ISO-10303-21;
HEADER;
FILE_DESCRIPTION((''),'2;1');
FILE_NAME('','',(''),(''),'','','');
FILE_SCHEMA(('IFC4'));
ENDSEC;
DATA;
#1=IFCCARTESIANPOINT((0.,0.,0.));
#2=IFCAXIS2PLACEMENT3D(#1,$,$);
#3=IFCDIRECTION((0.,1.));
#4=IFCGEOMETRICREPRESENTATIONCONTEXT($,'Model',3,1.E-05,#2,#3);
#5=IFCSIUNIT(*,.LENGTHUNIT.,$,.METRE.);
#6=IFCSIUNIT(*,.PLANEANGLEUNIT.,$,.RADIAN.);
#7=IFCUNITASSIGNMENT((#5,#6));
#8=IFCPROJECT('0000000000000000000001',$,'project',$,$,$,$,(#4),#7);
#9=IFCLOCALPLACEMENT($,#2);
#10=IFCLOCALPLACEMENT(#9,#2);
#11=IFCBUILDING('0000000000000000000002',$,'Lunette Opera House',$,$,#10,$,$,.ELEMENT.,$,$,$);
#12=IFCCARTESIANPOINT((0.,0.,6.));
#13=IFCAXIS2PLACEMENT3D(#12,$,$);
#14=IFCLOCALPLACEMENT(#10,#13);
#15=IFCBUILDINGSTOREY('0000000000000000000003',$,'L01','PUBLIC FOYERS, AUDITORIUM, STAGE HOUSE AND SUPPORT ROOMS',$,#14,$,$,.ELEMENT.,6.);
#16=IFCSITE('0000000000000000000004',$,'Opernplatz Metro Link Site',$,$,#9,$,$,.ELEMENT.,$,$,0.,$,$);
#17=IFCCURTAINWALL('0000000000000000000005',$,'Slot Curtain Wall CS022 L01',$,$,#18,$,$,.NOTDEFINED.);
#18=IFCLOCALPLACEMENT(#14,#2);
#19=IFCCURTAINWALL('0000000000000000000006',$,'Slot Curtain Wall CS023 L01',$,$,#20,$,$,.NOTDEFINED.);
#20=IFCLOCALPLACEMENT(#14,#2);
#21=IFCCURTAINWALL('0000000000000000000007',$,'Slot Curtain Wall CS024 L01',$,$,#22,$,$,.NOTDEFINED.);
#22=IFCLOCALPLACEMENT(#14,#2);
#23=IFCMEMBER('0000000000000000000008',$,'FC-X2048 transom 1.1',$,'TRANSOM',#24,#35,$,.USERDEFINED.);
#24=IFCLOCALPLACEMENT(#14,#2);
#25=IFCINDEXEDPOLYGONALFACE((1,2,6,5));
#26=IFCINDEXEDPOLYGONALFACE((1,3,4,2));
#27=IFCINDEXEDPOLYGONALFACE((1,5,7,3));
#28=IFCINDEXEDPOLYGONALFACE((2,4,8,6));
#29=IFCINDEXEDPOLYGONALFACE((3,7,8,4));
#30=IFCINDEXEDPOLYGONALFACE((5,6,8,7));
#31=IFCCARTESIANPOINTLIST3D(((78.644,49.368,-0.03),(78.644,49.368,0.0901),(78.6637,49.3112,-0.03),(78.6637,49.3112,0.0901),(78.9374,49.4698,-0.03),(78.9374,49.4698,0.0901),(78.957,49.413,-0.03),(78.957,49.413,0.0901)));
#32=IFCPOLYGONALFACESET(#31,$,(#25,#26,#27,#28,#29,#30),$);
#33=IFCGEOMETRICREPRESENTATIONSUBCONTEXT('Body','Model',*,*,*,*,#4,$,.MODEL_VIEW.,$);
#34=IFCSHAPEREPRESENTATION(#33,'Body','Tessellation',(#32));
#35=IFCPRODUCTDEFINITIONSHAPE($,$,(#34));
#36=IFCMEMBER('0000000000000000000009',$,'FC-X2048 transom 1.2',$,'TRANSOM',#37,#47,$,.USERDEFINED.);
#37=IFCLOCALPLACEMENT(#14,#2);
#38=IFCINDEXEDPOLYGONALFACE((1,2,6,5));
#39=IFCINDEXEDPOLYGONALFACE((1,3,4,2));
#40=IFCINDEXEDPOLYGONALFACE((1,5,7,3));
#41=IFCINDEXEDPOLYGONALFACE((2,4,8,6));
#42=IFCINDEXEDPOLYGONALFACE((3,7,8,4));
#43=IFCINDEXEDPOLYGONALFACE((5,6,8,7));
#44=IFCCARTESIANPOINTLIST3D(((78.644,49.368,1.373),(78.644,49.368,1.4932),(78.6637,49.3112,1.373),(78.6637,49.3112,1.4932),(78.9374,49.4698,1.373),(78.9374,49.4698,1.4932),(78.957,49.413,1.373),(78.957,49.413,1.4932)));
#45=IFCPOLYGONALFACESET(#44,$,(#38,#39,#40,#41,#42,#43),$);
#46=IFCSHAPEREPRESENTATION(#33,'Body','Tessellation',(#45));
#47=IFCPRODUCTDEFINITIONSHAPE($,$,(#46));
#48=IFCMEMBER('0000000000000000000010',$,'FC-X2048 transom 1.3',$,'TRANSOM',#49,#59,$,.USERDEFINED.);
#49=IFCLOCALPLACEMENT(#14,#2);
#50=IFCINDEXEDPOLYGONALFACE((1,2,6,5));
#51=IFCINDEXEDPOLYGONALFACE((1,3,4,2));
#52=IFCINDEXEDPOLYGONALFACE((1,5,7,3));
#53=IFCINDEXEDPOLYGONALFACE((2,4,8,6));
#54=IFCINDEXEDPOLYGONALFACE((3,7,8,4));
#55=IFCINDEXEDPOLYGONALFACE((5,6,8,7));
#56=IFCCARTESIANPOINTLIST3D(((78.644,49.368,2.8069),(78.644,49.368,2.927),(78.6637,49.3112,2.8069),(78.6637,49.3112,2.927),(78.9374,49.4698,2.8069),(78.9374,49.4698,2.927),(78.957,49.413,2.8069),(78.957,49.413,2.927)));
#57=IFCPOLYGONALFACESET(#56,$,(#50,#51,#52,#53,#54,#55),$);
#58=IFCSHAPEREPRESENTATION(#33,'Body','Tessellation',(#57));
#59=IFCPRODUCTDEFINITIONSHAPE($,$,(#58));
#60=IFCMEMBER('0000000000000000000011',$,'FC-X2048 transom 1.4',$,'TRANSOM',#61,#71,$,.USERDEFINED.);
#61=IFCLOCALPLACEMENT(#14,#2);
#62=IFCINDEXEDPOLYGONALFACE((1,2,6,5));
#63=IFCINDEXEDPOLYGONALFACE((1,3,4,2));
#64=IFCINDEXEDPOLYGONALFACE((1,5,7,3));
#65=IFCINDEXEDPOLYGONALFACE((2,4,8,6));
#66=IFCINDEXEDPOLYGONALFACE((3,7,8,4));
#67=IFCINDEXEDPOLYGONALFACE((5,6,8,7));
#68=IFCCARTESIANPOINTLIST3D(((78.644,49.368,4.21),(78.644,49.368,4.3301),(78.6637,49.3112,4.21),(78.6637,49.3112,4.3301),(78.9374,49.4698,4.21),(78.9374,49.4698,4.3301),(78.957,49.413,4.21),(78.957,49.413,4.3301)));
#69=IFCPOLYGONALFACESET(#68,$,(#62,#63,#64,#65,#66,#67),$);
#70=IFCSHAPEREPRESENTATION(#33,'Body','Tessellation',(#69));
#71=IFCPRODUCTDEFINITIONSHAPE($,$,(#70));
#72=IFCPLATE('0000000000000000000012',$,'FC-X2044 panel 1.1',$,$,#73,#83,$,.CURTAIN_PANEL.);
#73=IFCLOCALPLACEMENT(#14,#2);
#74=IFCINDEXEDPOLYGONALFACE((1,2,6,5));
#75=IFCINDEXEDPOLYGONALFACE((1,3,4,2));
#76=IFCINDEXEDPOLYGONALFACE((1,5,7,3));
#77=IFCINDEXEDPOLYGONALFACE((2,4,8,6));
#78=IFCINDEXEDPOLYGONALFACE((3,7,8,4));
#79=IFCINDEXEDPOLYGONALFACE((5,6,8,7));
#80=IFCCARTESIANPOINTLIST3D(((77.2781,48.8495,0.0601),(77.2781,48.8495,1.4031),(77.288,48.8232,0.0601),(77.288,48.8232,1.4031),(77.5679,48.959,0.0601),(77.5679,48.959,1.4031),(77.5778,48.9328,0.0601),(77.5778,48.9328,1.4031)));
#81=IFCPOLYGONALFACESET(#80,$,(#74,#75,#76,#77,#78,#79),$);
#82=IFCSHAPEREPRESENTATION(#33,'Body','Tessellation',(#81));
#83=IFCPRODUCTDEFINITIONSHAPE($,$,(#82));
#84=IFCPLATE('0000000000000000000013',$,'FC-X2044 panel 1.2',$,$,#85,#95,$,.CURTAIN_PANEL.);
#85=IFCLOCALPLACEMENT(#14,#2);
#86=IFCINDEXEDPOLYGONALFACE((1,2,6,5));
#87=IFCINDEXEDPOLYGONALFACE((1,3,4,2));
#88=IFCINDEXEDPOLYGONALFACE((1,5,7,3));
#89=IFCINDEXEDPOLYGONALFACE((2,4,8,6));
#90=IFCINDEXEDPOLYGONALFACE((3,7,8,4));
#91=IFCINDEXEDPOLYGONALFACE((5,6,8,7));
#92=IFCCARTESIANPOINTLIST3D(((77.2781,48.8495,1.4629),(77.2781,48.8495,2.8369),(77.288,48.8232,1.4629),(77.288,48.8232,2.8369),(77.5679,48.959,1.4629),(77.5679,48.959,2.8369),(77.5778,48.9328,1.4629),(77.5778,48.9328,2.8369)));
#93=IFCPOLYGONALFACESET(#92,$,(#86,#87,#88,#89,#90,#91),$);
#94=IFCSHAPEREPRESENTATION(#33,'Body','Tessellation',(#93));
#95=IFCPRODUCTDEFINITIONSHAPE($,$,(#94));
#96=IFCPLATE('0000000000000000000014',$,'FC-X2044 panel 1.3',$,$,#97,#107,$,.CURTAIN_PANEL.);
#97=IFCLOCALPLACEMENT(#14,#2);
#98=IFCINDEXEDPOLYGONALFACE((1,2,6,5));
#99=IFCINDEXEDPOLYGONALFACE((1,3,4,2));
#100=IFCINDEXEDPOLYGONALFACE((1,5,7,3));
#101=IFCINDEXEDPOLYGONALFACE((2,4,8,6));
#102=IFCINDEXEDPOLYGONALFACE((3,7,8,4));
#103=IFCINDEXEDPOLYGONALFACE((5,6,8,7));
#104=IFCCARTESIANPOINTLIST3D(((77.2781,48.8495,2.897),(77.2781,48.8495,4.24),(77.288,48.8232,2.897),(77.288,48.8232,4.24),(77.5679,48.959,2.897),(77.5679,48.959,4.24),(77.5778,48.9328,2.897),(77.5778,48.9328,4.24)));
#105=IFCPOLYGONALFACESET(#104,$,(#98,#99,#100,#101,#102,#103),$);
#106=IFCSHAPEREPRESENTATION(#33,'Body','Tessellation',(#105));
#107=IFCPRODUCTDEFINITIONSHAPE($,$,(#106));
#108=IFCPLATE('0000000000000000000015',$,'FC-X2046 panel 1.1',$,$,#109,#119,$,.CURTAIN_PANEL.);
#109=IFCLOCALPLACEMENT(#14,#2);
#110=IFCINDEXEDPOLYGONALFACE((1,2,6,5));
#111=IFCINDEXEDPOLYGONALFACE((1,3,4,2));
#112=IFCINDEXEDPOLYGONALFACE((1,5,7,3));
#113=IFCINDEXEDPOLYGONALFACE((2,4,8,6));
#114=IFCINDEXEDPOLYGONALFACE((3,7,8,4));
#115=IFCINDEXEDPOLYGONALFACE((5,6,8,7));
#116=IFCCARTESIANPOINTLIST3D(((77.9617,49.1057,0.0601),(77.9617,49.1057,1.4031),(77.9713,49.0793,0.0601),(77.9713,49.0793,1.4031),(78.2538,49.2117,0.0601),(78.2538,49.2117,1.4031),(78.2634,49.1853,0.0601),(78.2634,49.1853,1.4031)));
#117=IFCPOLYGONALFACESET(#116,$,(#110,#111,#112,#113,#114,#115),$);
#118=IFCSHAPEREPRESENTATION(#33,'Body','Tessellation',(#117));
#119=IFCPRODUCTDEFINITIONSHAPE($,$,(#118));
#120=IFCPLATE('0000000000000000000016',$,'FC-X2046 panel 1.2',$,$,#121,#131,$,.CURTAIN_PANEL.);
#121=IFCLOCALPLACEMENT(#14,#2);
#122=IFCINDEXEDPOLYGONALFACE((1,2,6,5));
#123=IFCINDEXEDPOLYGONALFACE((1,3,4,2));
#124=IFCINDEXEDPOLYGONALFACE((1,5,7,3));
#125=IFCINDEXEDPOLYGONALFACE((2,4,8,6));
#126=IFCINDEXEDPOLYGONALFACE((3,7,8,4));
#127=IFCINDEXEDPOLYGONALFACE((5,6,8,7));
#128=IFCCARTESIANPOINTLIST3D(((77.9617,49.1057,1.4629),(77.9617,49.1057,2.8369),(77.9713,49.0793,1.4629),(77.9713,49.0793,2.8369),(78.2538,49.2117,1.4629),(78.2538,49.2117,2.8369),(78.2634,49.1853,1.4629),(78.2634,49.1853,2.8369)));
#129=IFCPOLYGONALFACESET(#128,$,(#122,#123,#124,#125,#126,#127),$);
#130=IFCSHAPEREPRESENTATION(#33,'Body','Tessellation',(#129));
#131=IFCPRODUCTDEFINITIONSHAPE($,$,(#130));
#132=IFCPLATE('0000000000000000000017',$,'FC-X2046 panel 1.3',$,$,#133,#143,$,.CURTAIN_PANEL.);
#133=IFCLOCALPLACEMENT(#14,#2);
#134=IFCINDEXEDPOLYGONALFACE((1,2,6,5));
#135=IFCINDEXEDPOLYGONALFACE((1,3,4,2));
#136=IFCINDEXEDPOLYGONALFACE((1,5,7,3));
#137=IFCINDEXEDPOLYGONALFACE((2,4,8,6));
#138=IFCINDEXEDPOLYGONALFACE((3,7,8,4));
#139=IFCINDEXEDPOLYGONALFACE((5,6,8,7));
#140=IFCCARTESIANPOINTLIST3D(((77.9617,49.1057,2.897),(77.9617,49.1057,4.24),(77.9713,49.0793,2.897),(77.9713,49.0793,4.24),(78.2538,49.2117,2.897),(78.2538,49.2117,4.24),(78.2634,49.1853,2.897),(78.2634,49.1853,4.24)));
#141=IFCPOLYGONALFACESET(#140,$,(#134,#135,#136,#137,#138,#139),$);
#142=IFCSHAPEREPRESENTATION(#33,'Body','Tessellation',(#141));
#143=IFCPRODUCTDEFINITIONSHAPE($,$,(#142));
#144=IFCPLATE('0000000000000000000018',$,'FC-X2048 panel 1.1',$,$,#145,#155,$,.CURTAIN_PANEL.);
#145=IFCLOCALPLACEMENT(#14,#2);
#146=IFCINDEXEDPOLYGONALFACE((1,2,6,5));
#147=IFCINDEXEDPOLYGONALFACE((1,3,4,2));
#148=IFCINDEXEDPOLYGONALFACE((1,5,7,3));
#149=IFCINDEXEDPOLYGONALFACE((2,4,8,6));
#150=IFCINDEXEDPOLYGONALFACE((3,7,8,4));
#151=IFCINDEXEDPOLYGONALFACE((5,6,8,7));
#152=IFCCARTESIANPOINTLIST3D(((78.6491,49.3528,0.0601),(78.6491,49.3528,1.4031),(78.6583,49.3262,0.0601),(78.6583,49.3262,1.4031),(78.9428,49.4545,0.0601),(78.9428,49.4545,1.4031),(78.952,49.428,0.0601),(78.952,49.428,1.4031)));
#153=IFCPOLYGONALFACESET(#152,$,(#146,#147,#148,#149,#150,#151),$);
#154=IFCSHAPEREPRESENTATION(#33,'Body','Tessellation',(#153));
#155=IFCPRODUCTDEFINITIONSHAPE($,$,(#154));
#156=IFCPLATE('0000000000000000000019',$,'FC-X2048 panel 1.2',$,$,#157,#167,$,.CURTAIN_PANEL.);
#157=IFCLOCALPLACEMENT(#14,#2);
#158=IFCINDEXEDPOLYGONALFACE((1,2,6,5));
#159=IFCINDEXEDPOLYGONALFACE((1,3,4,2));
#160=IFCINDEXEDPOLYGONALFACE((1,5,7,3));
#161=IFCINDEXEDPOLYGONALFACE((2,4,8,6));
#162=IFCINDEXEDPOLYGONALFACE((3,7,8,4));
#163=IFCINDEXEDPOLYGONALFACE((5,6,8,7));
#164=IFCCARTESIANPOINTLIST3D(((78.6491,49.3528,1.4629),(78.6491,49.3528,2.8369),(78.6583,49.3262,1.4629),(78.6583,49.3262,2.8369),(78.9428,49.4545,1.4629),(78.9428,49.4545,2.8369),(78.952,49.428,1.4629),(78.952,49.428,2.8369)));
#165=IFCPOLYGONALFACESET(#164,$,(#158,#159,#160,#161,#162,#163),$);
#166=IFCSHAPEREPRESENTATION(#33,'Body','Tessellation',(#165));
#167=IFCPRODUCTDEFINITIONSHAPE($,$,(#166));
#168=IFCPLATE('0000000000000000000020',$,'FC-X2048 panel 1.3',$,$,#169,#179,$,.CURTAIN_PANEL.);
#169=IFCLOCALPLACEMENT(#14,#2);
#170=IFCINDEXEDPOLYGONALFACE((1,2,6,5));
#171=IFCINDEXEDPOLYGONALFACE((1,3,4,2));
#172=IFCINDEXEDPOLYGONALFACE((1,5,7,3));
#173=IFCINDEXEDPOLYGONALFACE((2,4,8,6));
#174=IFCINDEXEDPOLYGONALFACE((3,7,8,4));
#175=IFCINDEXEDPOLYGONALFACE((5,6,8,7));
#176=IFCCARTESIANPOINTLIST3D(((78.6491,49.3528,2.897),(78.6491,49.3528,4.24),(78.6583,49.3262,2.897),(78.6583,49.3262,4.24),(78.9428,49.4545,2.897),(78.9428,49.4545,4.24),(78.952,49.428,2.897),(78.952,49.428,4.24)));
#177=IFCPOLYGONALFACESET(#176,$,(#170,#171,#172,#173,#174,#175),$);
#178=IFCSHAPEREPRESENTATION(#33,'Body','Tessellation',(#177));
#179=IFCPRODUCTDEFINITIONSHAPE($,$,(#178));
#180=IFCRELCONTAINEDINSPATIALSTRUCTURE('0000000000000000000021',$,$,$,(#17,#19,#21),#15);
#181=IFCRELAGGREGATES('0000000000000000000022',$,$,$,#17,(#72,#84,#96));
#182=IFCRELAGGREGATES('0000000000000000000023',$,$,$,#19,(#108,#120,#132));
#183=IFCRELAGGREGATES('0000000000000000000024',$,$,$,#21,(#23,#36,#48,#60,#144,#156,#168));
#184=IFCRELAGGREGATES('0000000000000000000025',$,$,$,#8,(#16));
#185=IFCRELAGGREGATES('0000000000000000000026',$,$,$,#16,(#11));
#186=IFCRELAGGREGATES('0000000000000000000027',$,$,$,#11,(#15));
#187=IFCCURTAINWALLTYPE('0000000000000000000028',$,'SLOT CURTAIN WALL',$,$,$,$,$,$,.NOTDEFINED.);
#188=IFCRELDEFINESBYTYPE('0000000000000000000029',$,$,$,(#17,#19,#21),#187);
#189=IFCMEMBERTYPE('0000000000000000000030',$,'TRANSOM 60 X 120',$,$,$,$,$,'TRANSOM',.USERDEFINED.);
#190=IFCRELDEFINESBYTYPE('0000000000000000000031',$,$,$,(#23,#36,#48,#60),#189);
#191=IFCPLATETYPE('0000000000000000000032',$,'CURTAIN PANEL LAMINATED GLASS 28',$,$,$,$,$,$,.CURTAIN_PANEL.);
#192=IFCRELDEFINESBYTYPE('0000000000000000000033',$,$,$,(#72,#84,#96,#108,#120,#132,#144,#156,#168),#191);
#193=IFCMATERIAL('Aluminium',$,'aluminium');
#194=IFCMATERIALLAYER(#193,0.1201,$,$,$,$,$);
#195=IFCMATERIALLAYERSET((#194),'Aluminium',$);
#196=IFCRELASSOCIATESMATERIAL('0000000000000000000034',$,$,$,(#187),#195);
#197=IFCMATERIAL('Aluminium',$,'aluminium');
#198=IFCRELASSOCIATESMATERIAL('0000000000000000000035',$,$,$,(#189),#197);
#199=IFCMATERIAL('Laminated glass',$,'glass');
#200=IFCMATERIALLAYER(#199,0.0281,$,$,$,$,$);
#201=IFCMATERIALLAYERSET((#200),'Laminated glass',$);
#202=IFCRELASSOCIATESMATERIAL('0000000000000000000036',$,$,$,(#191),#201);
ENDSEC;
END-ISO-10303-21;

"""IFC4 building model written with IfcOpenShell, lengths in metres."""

from ifc_helpers import new_model, si_unit, direction, frame, origin, origin_2d, place, context, subcontext, project, spatial, rectangle, extrude, material, layer, layer_set, material_profile, profile_set, type_object, element, aggregate, save


model = new_model("IFC4")

# Units and contexts
model_context = context("Model", 3, precision=1e-05, world=origin(), true_north=direction((0.0, 1.0)))
body_context = subcontext(model_context, "Body", "Model", "MODEL_VIEW")
ifc_project = project(units=[si_unit("LENGTHUNIT", "METRE"), si_unit("PLANEANGLEUNIT", "RADIAN")], contexts=[model_context])

# Site, building, storey
site_placement = place(None, origin())
site = spatial("IfcSite", under=ifc_project, at=site_placement, Name="Opernplatz Metro Link Site", CompositionType="ELEMENT", RefElevation=0.0)
building_placement = place(site_placement, origin())
building = spatial("IfcBuilding", under=site, at=building_placement, Name="Lunette Opera House", CompositionType="ELEMENT")
storey_placement = place(building_placement, frame((0.0, 0.0, 6.0)))
storey = spatial("IfcBuildingStorey", under=building, at=storey_placement, Name="L01", Description="PUBLIC FOYERS, AUDITORIUM, STAGE HOUSE AND SUPPORT ROOMS", CompositionType="ELEMENT", Elevation=6.0)

# Curtain wall
ifc_material_1 = material(Name="Aluminium", Category="aluminium")
ifc_layer_1 = layer(ifc_material_1, 0.1201)
ifc_layer_set_1 = layer_set([ifc_layer_1], Name="Aluminium")
curtain_wall_type = type_object("IfcCurtainWallType", Name="SLOT CURTAIN WALL", PredefinedType="NOTDEFINED", material=ifc_layer_set_1)
curtain_wall_1_placement = place(storey_placement, origin())
curtain_wall_1 = element("IfcCurtainWall", 1, at=curtain_wall_1_placement, inside=storey, type_object=curtain_wall_type, Name="Slot Curtain Wall CS022 L01", PredefinedType="NOTDEFINED")

# Curtain walls
curtain_wall_2_placement = place(storey_placement, origin())
curtain_wall_2 = element("IfcCurtainWall", 2, at=curtain_wall_2_placement, inside=storey, type_object=curtain_wall_type, Name="Slot Curtain Wall CS023 L01", PredefinedType="NOTDEFINED")
curtain_wall_3_placement = place(storey_placement, origin())
curtain_wall_3 = element("IfcCurtainWall", 3, at=curtain_wall_3_placement, inside=storey, type_object=curtain_wall_type, Name="Slot Curtain Wall CS024 L01", PredefinedType="NOTDEFINED")

# Members
ifc_material_2 = material(Name="Aluminium", Category="aluminium")
ifc_material_profile_1 = material_profile(ifc_material_2, rectangle(XDim=0.0601, YDim=0.1201, at=origin_2d()), Name="TRANSOM 60 X 120")
ifc_profile_set_1 = profile_set([ifc_material_profile_1], Name="Aluminium")
member_type_1 = type_object("IfcMemberType", Name="TRANSOM 60 X 120", ElementType="TRANSOM", PredefinedType="USERDEFINED", material=ifc_profile_set_1)
member_1_placement = place(storey_placement, frame((78.6538, 49.3396, 0.03), z_axis=(0.944762, 0.327758, 0.0), x_axis=(-0.327758, 0.944762, 0.0)))
member_1 = element("IfcMember", 4, at=member_1_placement, type_object=member_type_1, Name="FC-X2048 transom 1.1", ObjectType="TRANSOM", PredefinedType="USERDEFINED", context=body_context, shape_type="SweptSolid", body=[
    extrude(rectangle(XDim=0.0601, YDim=0.1201, at=origin_2d()), origin(), (0.0, 0.0, 1.0), 0.3105),
])
member_2_placement = place(storey_placement, frame((78.6538, 49.3396, 1.4331), z_axis=(0.944762, 0.327758, 0.0), x_axis=(-0.327758, 0.944762, 0.0)))
member_2 = element("IfcMember", 5, at=member_2_placement, type_object=member_type_1, Name="FC-X2048 transom 1.2", ObjectType="TRANSOM", PredefinedType="USERDEFINED", context=body_context, shape_type="SweptSolid", body=[
    extrude(rectangle(XDim=0.0601, YDim=0.1201, at=origin_2d()), origin(), (0.0, 0.0, 1.0), 0.3105),
])
member_3_placement = place(storey_placement, frame((78.6538, 49.3396, 2.8669), z_axis=(0.944762, 0.327758, 0.0), x_axis=(-0.327758, 0.944762, 0.0)))
member_3 = element("IfcMember", 6, at=member_3_placement, type_object=member_type_1, Name="FC-X2048 transom 1.3", ObjectType="TRANSOM", PredefinedType="USERDEFINED", context=body_context, shape_type="SweptSolid", body=[
    extrude(rectangle(XDim=0.0601, YDim=0.1201, at=origin_2d()), origin(), (0.0, 0.0, 1.0), 0.3105),
])
member_4_placement = place(storey_placement, frame((78.6538, 49.3396, 4.27), z_axis=(0.944762, 0.327758, 0.0), x_axis=(-0.327758, 0.944762, 0.0)))
member_4 = element("IfcMember", 7, at=member_4_placement, type_object=member_type_1, Name="FC-X2048 transom 1.4", ObjectType="TRANSOM", PredefinedType="USERDEFINED", context=body_context, shape_type="SweptSolid", body=[
    extrude(rectangle(XDim=0.0601, YDim=0.1201, at=origin_2d()), origin(), (0.0, 0.0, 1.0), 0.3105),
])

# Plates
ifc_material_3 = material(Name="Laminated glass", Category="glass")
ifc_layer_2 = layer(ifc_material_3, 0.0281)
ifc_layer_set_2 = layer_set([ifc_layer_2], Name="Laminated glass")
plate_type = type_object("IfcPlateType", Name="CURTAIN PANEL LAMINATED GLASS 28", PredefinedType="CURTAIN_PANEL", material=ifc_layer_set_2)
plate_1_placement = place(storey_placement, frame((77.428, 48.8911, 0.0601), z_axis=(0.0, 0.0, 1.0), x_axis=(0.935369, 0.353672, 0.0)))
plate_1 = element("IfcPlate", 8, at=plate_1_placement, type_object=plate_type, Name="FC-X2044 panel 1.1", PredefinedType="CURTAIN_PANEL", context=body_context, shape_type="SweptSolid", body=[
    extrude(rectangle(XDim=0.3098, YDim=0.0281, at=origin_2d()), origin(), (0.0, 0.0, 1.0), 1.343),
])
plate_2_placement = place(storey_placement, frame((77.428, 48.8911, 1.4629), z_axis=(0.0, 0.0, 1.0), x_axis=(0.935369, 0.353672, 0.0)))
plate_2 = element("IfcPlate", 9, at=plate_2_placement, type_object=plate_type, Name="FC-X2044 panel 1.2", PredefinedType="CURTAIN_PANEL", context=body_context, shape_type="SweptSolid", body=[
    extrude(rectangle(XDim=0.3098, YDim=0.0281, at=origin_2d()), origin(), (0.0, 0.0, 1.0), 1.374),
])
plate_3_placement = place(storey_placement, frame((77.428, 48.8911, 2.897), z_axis=(0.0, 0.0, 1.0), x_axis=(0.935369, 0.353672, 0.0)))
plate_3 = element("IfcPlate", 10, at=plate_3_placement, type_object=plate_type, Name="FC-X2044 panel 1.3", PredefinedType="CURTAIN_PANEL", context=body_context, shape_type="SweptSolid", body=[
    extrude(rectangle(XDim=0.3098, YDim=0.0281, at=origin_2d()), origin(), (0.0, 0.0, 1.0), 1.343),
])
aggregate(curtain_wall_1, [plate_1, plate_2, plate_3])
plate_4_placement = place(storey_placement, frame((78.1125, 49.1455, 0.0601), z_axis=(0.0, 0.0, 1.0), x_axis=(0.939997, 0.341184, 0.0)))
plate_4 = element("IfcPlate", 11, at=plate_4_placement, type_object=plate_type, Name="FC-X2046 panel 1.1", PredefinedType="CURTAIN_PANEL", context=body_context, shape_type="SweptSolid", body=[
    extrude(rectangle(XDim=0.3108, YDim=0.0281, at=origin_2d()), origin(), (0.0, 0.0, 1.0), 1.343),
])
plate_5_placement = place(storey_placement, frame((78.1125, 49.1455, 1.4629), z_axis=(0.0, 0.0, 1.0), x_axis=(0.939997, 0.341184, 0.0)))
plate_5 = element("IfcPlate", 12, at=plate_5_placement, type_object=plate_type, Name="FC-X2046 panel 1.2", PredefinedType="CURTAIN_PANEL", context=body_context, shape_type="SweptSolid", body=[
    extrude(rectangle(XDim=0.3108, YDim=0.0281, at=origin_2d()), origin(), (0.0, 0.0, 1.0), 1.374),
])
plate_6_placement = place(storey_placement, frame((78.1125, 49.1455, 2.897), z_axis=(0.0, 0.0, 1.0), x_axis=(0.939997, 0.341184, 0.0)))
plate_6 = element("IfcPlate", 13, at=plate_6_placement, type_object=plate_type, Name="FC-X2046 panel 1.3", PredefinedType="CURTAIN_PANEL", context=body_context, shape_type="SweptSolid", body=[
    extrude(rectangle(XDim=0.3108, YDim=0.0281, at=origin_2d()), origin(), (0.0, 0.0, 1.0), 1.343),
])
aggregate(curtain_wall_2, [plate_4, plate_5, plate_6])
plate_7_placement = place(storey_placement, frame((78.8005, 49.3904, 0.0601), z_axis=(0.0, 0.0, 1.0), x_axis=(0.944903, 0.32735, 0.0)))
plate_7 = element("IfcPlate", 14, at=plate_7_placement, type_object=plate_type, Name="FC-X2048 panel 1.1", PredefinedType="CURTAIN_PANEL", context=body_context, shape_type="SweptSolid", body=[
    extrude(rectangle(XDim=0.3108, YDim=0.0281, at=origin_2d()), origin(), (0.0, 0.0, 1.0), 1.343),
])
plate_8_placement = place(storey_placement, frame((78.8005, 49.3904, 1.4629), z_axis=(0.0, 0.0, 1.0), x_axis=(0.944903, 0.32735, 0.0)))
plate_8 = element("IfcPlate", 15, at=plate_8_placement, type_object=plate_type, Name="FC-X2048 panel 1.2", PredefinedType="CURTAIN_PANEL", context=body_context, shape_type="SweptSolid", body=[
    extrude(rectangle(XDim=0.3108, YDim=0.0281, at=origin_2d()), origin(), (0.0, 0.0, 1.0), 1.374),
])
plate_9_placement = place(storey_placement, frame((78.8005, 49.3904, 2.897), z_axis=(0.0, 0.0, 1.0), x_axis=(0.944903, 0.32735, 0.0)))
plate_9 = element("IfcPlate", 16, at=plate_9_placement, type_object=plate_type, Name="FC-X2048 panel 1.3", PredefinedType="CURTAIN_PANEL", context=body_context, shape_type="SweptSolid", body=[
    extrude(rectangle(XDim=0.3108, YDim=0.0281, at=origin_2d()), origin(), (0.0, 0.0, 1.0), 1.343),
])
aggregate(curtain_wall_3, [member_1, member_2, member_3, member_4, plate_7, plate_8, plate_9])

save(model, "model.ifc")
